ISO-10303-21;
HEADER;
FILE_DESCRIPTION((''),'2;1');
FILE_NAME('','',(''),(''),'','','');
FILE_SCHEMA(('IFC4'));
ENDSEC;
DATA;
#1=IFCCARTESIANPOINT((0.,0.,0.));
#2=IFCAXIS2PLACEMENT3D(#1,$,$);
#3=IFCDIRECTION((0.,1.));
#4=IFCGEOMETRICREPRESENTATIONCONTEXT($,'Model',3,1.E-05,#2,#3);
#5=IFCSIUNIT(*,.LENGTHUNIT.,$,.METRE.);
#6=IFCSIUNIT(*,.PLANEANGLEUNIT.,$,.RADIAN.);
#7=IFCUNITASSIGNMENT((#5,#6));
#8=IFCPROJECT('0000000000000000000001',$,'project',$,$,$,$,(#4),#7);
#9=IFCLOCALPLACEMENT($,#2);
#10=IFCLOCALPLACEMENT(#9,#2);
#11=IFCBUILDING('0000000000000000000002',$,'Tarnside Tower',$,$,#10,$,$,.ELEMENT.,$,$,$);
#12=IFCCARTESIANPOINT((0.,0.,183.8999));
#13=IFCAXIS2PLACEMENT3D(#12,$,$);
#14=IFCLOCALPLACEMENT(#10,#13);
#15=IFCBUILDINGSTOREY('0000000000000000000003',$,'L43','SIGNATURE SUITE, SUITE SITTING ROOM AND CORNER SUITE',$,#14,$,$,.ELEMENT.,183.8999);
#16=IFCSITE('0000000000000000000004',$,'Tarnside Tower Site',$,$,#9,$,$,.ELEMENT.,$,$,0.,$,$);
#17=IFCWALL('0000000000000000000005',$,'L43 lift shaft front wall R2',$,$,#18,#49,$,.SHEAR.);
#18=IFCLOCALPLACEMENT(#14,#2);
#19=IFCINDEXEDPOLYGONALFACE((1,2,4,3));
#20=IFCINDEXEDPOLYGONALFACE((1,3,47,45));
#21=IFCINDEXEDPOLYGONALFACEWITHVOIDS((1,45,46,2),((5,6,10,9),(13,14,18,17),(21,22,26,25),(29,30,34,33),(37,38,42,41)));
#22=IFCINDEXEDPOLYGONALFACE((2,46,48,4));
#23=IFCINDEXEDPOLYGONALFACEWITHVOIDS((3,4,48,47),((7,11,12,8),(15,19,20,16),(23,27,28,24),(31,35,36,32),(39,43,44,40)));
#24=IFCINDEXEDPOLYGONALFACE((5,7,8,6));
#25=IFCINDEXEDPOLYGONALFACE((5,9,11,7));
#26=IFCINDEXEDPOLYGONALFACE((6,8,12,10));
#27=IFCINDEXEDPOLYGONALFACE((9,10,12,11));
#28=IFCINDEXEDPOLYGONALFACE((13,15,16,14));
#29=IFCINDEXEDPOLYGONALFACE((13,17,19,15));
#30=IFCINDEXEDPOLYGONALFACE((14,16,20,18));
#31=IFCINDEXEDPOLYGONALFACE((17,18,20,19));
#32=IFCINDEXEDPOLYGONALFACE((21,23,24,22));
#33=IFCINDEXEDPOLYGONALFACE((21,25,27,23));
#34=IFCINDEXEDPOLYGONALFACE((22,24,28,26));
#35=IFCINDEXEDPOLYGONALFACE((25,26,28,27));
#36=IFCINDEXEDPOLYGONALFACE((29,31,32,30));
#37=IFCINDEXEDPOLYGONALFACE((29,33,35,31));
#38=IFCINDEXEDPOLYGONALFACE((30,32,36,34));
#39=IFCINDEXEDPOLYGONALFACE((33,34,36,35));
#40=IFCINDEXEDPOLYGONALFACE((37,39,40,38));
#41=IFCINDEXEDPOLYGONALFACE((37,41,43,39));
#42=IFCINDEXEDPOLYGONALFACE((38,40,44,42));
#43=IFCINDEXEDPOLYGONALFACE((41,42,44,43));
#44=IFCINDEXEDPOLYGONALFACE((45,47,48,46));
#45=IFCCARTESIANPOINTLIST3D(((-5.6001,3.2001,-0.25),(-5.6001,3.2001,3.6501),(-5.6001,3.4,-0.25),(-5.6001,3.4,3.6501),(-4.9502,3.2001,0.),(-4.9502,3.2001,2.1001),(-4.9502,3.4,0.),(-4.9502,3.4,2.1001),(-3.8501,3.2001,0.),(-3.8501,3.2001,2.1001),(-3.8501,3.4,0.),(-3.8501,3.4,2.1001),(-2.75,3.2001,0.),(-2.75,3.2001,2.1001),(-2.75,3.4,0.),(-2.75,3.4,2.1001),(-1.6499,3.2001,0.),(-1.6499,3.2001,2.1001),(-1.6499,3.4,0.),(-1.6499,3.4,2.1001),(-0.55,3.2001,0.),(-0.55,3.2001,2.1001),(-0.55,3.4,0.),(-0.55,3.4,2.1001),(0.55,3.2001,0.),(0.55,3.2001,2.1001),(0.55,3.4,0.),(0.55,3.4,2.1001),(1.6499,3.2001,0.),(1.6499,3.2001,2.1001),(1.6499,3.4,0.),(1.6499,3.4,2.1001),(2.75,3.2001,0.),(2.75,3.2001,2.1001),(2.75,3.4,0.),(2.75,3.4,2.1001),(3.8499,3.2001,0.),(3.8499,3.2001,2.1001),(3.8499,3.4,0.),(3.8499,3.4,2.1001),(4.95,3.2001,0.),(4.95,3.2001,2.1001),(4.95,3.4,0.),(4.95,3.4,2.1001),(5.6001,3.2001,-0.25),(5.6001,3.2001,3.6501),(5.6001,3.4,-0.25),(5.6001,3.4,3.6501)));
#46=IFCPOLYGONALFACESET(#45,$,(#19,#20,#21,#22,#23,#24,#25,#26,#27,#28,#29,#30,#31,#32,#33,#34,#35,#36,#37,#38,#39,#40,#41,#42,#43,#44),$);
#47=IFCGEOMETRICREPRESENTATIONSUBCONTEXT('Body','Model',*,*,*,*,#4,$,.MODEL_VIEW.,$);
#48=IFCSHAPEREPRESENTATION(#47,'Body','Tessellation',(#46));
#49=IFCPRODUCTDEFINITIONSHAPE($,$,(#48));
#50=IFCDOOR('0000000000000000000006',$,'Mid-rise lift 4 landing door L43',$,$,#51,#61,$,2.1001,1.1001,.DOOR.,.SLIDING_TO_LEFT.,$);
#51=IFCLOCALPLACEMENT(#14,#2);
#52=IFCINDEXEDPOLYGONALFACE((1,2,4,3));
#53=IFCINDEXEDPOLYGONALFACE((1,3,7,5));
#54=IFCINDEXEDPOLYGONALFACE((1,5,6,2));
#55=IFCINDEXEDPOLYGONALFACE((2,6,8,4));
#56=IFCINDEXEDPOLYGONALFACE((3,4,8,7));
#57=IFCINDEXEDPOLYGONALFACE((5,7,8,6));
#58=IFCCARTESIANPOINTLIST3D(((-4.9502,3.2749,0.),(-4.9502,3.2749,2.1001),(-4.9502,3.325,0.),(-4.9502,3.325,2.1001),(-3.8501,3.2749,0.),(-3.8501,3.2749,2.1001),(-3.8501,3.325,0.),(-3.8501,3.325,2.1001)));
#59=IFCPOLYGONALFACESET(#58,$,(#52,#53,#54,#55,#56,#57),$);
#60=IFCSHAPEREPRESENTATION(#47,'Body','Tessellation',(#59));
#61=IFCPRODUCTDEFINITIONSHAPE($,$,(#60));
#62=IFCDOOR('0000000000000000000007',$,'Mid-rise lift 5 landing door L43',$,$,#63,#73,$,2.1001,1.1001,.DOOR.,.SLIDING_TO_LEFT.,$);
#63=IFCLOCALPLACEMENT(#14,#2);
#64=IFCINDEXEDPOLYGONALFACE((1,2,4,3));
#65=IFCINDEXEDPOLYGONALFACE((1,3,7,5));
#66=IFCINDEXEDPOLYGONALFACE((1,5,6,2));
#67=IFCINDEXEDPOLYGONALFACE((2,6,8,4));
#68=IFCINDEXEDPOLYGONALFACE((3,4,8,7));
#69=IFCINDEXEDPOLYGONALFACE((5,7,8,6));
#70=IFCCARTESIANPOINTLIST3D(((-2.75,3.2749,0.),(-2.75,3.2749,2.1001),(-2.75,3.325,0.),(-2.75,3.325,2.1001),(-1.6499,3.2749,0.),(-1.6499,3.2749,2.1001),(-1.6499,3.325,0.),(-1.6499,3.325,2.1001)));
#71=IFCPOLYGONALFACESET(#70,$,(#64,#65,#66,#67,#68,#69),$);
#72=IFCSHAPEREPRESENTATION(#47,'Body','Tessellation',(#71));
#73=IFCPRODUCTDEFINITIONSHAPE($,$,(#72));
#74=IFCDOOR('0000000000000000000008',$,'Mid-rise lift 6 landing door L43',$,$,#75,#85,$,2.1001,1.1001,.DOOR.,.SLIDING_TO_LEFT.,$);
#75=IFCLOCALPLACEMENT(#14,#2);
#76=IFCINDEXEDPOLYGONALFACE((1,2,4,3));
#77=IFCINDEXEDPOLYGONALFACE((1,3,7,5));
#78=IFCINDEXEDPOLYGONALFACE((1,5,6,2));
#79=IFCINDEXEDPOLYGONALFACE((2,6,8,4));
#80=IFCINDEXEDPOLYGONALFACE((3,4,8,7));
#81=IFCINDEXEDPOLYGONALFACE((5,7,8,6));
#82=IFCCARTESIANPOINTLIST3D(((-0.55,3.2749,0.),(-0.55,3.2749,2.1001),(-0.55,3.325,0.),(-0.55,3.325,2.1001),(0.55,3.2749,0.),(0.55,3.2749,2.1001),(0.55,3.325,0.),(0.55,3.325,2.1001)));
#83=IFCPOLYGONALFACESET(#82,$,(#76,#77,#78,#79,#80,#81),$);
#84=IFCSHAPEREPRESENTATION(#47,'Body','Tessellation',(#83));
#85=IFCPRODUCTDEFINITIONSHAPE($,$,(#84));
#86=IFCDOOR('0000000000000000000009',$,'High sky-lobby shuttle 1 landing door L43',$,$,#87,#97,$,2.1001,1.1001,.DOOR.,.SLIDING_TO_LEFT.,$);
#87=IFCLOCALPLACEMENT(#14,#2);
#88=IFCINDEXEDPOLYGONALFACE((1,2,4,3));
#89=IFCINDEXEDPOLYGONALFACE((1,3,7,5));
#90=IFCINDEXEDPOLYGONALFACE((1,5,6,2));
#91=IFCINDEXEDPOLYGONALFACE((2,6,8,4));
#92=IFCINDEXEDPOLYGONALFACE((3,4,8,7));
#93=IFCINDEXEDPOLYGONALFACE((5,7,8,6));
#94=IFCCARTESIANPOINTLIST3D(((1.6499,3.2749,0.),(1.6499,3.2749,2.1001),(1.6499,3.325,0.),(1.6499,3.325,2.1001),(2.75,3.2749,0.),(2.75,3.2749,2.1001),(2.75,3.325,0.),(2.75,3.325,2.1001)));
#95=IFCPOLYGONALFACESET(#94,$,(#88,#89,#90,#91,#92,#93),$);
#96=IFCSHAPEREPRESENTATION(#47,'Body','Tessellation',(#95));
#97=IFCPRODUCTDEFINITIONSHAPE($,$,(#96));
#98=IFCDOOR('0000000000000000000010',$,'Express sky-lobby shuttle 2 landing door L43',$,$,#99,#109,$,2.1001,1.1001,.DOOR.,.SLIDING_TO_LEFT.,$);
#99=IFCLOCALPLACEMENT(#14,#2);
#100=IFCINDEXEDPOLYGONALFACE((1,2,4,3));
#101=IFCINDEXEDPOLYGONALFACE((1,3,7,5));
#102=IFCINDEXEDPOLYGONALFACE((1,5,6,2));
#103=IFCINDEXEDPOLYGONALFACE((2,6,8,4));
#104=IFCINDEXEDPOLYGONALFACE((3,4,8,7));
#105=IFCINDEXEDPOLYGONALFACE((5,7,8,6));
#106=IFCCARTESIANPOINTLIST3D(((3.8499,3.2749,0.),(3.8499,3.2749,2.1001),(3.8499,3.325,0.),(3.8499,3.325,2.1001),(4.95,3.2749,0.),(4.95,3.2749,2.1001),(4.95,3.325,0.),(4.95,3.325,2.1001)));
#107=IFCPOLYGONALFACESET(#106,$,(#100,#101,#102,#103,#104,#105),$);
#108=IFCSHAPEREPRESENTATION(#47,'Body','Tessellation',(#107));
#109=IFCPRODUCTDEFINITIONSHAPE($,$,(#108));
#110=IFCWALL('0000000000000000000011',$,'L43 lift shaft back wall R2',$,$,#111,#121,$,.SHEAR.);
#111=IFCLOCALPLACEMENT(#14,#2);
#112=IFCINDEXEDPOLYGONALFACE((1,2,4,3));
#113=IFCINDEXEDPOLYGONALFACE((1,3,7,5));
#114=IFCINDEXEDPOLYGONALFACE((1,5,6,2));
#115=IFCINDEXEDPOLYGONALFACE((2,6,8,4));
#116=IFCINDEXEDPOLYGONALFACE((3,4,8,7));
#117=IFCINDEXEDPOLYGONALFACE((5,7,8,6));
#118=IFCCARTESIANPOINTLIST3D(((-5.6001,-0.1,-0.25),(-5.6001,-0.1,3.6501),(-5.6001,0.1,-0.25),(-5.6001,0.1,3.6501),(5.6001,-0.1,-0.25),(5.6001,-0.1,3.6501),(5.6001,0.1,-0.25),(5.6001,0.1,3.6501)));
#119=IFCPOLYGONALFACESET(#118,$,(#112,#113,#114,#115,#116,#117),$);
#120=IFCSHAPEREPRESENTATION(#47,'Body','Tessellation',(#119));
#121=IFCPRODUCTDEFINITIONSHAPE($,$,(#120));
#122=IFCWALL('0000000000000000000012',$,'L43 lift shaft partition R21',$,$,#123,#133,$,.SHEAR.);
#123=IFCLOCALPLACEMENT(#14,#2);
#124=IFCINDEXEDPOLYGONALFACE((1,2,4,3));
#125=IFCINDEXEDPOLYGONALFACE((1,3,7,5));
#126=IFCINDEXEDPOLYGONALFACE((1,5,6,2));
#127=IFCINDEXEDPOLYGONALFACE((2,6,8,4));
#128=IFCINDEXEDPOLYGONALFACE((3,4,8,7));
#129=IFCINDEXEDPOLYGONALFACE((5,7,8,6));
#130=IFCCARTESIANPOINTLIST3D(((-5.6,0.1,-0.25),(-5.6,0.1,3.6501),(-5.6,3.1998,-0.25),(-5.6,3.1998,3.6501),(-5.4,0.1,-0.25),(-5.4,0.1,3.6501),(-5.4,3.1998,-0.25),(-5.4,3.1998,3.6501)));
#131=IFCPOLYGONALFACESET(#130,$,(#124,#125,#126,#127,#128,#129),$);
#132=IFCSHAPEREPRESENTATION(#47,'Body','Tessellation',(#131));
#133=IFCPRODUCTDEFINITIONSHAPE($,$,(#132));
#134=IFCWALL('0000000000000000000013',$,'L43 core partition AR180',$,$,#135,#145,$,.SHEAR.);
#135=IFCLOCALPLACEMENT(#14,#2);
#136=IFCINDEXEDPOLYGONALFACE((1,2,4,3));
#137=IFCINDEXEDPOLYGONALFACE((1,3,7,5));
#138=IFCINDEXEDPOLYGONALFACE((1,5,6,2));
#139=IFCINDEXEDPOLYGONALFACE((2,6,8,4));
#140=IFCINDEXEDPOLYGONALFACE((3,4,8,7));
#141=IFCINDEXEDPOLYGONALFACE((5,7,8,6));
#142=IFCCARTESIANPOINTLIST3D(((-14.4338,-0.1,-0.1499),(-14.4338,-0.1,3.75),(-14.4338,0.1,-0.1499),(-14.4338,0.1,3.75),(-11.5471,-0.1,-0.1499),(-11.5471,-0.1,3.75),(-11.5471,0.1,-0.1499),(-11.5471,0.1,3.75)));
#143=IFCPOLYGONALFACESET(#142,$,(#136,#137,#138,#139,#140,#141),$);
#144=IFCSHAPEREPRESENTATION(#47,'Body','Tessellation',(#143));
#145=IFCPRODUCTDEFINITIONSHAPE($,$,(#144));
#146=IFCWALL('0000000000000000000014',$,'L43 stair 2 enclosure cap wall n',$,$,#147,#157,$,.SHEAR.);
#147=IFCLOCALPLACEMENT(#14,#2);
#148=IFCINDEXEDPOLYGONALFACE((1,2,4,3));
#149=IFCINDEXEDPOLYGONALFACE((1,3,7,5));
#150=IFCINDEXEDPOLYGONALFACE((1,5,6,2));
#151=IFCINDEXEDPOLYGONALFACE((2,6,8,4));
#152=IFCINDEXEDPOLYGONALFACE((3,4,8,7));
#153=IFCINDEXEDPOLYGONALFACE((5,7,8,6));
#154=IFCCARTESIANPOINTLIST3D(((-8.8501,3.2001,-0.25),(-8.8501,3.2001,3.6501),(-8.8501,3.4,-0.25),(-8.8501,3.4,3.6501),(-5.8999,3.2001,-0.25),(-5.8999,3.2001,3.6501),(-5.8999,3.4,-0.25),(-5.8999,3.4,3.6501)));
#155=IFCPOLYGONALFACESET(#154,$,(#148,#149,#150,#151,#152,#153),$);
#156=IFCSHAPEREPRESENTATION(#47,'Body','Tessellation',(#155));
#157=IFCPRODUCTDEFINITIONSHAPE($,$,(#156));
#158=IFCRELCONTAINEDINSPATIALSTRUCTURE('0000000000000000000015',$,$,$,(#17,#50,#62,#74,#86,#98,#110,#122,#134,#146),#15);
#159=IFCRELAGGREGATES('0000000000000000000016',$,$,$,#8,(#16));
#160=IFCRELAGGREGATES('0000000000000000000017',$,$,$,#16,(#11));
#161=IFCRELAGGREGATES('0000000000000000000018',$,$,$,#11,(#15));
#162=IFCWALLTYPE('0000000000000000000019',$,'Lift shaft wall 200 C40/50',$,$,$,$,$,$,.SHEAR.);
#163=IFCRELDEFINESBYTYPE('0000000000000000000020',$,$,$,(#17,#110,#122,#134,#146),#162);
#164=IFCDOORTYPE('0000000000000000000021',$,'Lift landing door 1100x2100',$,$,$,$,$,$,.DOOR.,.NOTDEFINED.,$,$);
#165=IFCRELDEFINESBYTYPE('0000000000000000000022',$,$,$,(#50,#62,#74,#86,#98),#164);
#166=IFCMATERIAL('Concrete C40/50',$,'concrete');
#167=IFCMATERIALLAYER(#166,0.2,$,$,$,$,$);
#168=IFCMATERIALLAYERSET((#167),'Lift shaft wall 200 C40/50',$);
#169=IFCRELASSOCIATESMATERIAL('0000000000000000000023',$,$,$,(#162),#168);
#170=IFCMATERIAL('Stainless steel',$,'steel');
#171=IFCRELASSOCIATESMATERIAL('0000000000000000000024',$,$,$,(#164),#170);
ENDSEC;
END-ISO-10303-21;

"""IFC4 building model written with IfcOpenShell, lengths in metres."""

from ifc_helpers import new_model, si_unit, direction, frame, frame_2d, origin, place, context, subcontext, project, spatial, rectangle, extrude, material, layer, layer_set, type_object, element, fill, save


model = new_model("IFC4")

# Units and contexts
model_context = context("Model", 3, precision=1e-05, world=origin(), true_north=direction((0.0, 1.0)))
body_context = subcontext(model_context, "Body", "Model", "MODEL_VIEW")
ifc_project = project(units=[si_unit("LENGTHUNIT", "METRE"), si_unit("PLANEANGLEUNIT", "RADIAN")], contexts=[model_context])

# Site, building, storey
site_placement = place(None, origin())
site = spatial("IfcSite", under=ifc_project, at=site_placement, Name="Tarnside Tower Site", CompositionType="ELEMENT", RefElevation=0.0)
building_placement = place(site_placement, origin())
building = spatial("IfcBuilding", under=site, at=building_placement, Name="Tarnside Tower", CompositionType="ELEMENT")
storey_placement = place(building_placement, frame((0.0, 0.0, 183.8999)))
storey = spatial("IfcBuildingStorey", under=building, at=storey_placement, Name="L43", Description="SIGNATURE SUITE, SUITE SITTING ROOM AND CORNER SUITE", CompositionType="ELEMENT", Elevation=183.8999)

# Shared definitions
ifc_material_1 = material(Name="Concrete C40/50", Category="concrete")
ifc_layer_1 = layer(ifc_material_1, 0.2)
ifc_layer_set_1 = layer_set([ifc_layer_1], Name="Lift shaft wall 200 C40/50")
wall_type_1 = type_object("IfcWallType", Name="Lift shaft wall 200 C40/50", PredefinedType="SHEAR", material=ifc_layer_set_1)
ifc_material_2 = material(Name="Stainless steel", Category="steel")
door_type_1 = type_object("IfcDoorType", Name="Lift landing door 1100x2100", OperationType="NOTDEFINED", PredefinedType="DOOR", material=ifc_material_2)

# Wall, openings, doors
wall_1_placement = place(storey_placement, frame((-5.6001, 3.3, -0.25), z_axis=(0.0, 0.0, 1.0), x_axis=(1.0, 0.0, 0.0)))
wall_1 = element("IfcWall", 1, at=wall_1_placement, inside=storey, type_object=wall_type_1, Name="L43 lift shaft front wall R2", PredefinedType="SHEAR", context=body_context, shape_type="SweptSolid", body=[
    extrude(rectangle(XDim=11.2002, YDim=0.2, at=frame_2d((5.6001, 0.0))), origin(), (0.0, 0.0, 1.0), 3.9001),
])
opening_1_placement = place(wall_1_placement, frame((0.6499, 0.0, 0.25)))
opening_1 = element("IfcOpeningElement", 2, at=opening_1_placement, cuts=wall_1, PredefinedType="OPENING", context=body_context, shape_type="SweptSolid", body=[
    extrude(rectangle(XDim=1.1001, YDim=2.1001, at=frame_2d((0.55, 1.05))), frame((0.0, 0.1099, 0.0), z_axis=(0.0, -1.0, 0.0), x_axis=(1.0, 0.0, 0.0)), (0.0, 0.0, 1.0), 0.22),
])
opening_2_placement = place(wall_1_placement, frame((2.8501, 0.0, 0.25)))
opening_2 = element("IfcOpeningElement", 3, at=opening_2_placement, cuts=wall_1, PredefinedType="OPENING", context=body_context, shape_type="SweptSolid", body=[
    extrude(rectangle(XDim=1.1001, YDim=2.1001, at=frame_2d((0.55, 1.05))), frame((0.0, 0.1099, 0.0), z_axis=(0.0, -1.0, 0.0), x_axis=(1.0, 0.0, 0.0)), (0.0, 0.0, 1.0), 0.22),
])
opening_3_placement = place(wall_1_placement, frame((5.05, 0.0, 0.25)))
opening_3 = element("IfcOpeningElement", 4, at=opening_3_placement, cuts=wall_1, PredefinedType="OPENING", context=body_context, shape_type="SweptSolid", body=[
    extrude(rectangle(XDim=1.1001, YDim=2.1001, at=frame_2d((0.55, 1.05))), frame((0.0, 0.1099, 0.0), z_axis=(0.0, -1.0, 0.0), x_axis=(1.0, 0.0, 0.0)), (0.0, 0.0, 1.0), 0.22),
])
opening_4_placement = place(wall_1_placement, frame((7.25, 0.0, 0.25)))
opening_4 = element("IfcOpeningElement", 5, at=opening_4_placement, cuts=wall_1, PredefinedType="OPENING", context=body_context, shape_type="SweptSolid", body=[
    extrude(rectangle(XDim=1.1001, YDim=2.1001, at=frame_2d((0.55, 1.05))), frame((0.0, 0.1099, 0.0), z_axis=(0.0, -1.0, 0.0), x_axis=(1.0, 0.0, 0.0)), (0.0, 0.0, 1.0), 0.22),
])
opening_5_placement = place(wall_1_placement, frame((9.45, 0.0, 0.25)))
opening_5 = element("IfcOpeningElement", 6, at=opening_5_placement, cuts=wall_1, PredefinedType="OPENING", context=body_context, shape_type="SweptSolid", body=[
    extrude(rectangle(XDim=1.1001, YDim=2.1001, at=frame_2d((0.55, 1.05))), frame((0.0, 0.1099, 0.0), z_axis=(0.0, -1.0, 0.0), x_axis=(1.0, 0.0, 0.0)), (0.0, 0.0, 1.0), 0.22),
])
door_1_placement = place(opening_1_placement, origin())
door_1 = element("IfcDoor", 7, at=door_1_placement, inside=storey, type_object=door_type_1, Name="Mid-rise lift 4 landing door L43", OperationType="SLIDING_TO_LEFT", OverallHeight=2.1001, OverallWidth=1.1001, PredefinedType="DOOR", context=body_context, shape_type="SweptSolid", body=[
    extrude(rectangle(XDim=1.1001, YDim=2.1001, at=frame_2d((0.55, 1.05))), frame((0.0, 0.0249, 0.0), z_axis=(0.0, -1.0, 0.0), x_axis=(1.0, 0.0, 0.0)), (0.0, 0.0, 1.0), 0.05),
])
fill(opening_1, door_1)
door_2_placement = place(opening_2_placement, origin())
door_2 = element("IfcDoor", 8, at=door_2_placement, inside=storey, type_object=door_type_1, Name="Mid-rise lift 5 landing door L43", OperationType="SLIDING_TO_LEFT", OverallHeight=2.1001, OverallWidth=1.1001, PredefinedType="DOOR", context=body_context, shape_type="SweptSolid", body=[
    extrude(rectangle(XDim=1.1001, YDim=2.1001, at=frame_2d((0.55, 1.05))), frame((0.0, 0.0249, 0.0), z_axis=(0.0, -1.0, 0.0), x_axis=(1.0, 0.0, 0.0)), (0.0, 0.0, 1.0), 0.05),
])
fill(opening_2, door_2)
door_3_placement = place(opening_3_placement, origin())
door_3 = element("IfcDoor", 9, at=door_3_placement, inside=storey, type_object=door_type_1, Name="Mid-rise lift 6 landing door L43", OperationType="SLIDING_TO_LEFT", OverallHeight=2.1001, OverallWidth=1.1001, PredefinedType="DOOR", context=body_context, shape_type="SweptSolid", body=[
    extrude(rectangle(XDim=1.1001, YDim=2.1001, at=frame_2d((0.55, 1.05))), frame((0.0, 0.0249, 0.0), z_axis=(0.0, -1.0, 0.0), x_axis=(1.0, 0.0, 0.0)), (0.0, 0.0, 1.0), 0.05),
])
fill(opening_3, door_3)
door_4_placement = place(opening_4_placement, origin())
door_4 = element("IfcDoor", 10, at=door_4_placement, inside=storey, type_object=door_type_1, Name="High sky-lobby shuttle 1 landing door L43", OperationType="SLIDING_TO_LEFT", OverallHeight=2.1001, OverallWidth=1.1001, PredefinedType="DOOR", context=body_context, shape_type="SweptSolid", body=[
    extrude(rectangle(XDim=1.1001, YDim=2.1001, at=frame_2d((0.55, 1.05))), frame((0.0, 0.0249, 0.0), z_axis=(0.0, -1.0, 0.0), x_axis=(1.0, 0.0, 0.0)), (0.0, 0.0, 1.0), 0.05),
])
fill(opening_4, door_4)
door_5_placement = place(opening_5_placement, origin())
door_5 = element("IfcDoor", 11, at=door_5_placement, inside=storey, type_object=door_type_1, Name="Express sky-lobby shuttle 2 landing door L43", OperationType="SLIDING_TO_LEFT", OverallHeight=2.1001, OverallWidth=1.1001, PredefinedType="DOOR", context=body_context, shape_type="SweptSolid", body=[
    extrude(rectangle(XDim=1.1001, YDim=2.1001, at=frame_2d((0.55, 1.05))), frame((0.0, 0.0249, 0.0), z_axis=(0.0, -1.0, 0.0), x_axis=(1.0, 0.0, 0.0)), (0.0, 0.0, 1.0), 0.05),
])
fill(opening_5, door_5)

# Walls
wall_2_placement = place(storey_placement, frame((-5.6001, 0.0, -0.25), z_axis=(0.0, 0.0, 1.0), x_axis=(1.0, 0.0, 0.0)))
element("IfcWall", 12, at=wall_2_placement, inside=storey, type_object=wall_type_1, Name="L43 lift shaft back wall R2", PredefinedType="SHEAR", context=body_context, shape_type="SweptSolid", body=[
    extrude(rectangle(XDim=11.2002, YDim=0.2, at=frame_2d((5.6001, 0.0))), origin(), (0.0, 0.0, 1.0), 3.9001),
])
wall_3_placement = place(storey_placement, frame((-5.5, 0.1001, -0.25), z_axis=(0.0, 0.0, 1.0), x_axis=(0.0, 1.0, 0.0)))
element("IfcWall", 13, at=wall_3_placement, inside=storey, type_object=wall_type_1, Name="L43 lift shaft partition R21", PredefinedType="SHEAR", context=body_context, shape_type="SweptSolid", body=[
    extrude(rectangle(XDim=3.0999, YDim=0.2, at=frame_2d((1.5498, 0.0))), origin(), (0.0, 0.0, 1.0), 3.9001),
])
wall_4_placement = place(storey_placement, frame((-11.5471, 0.0, -0.1499), z_axis=(0.0, 0.0, 1.0), x_axis=(-1.0, 0.0, 0.0)))
element("IfcWall", 14, at=wall_4_placement, inside=storey, type_object=wall_type_1, Name="L43 core partition AR180", PredefinedType="SHEAR", context=body_context, shape_type="SweptSolid", body=[
    extrude(rectangle(XDim=2.8867, YDim=0.2, at=frame_2d((1.4434, 0.0))), origin(), (0.0, 0.0, 1.0), 3.8999),
])
wall_5_placement = place(storey_placement, frame((-8.8501, 3.3, -0.25), z_axis=(0.0, 0.0, 1.0), x_axis=(1.0, 0.0, 0.0)))
element("IfcWall", 15, at=wall_5_placement, inside=storey, type_object=wall_type_1, Name="L43 stair 2 enclosure cap wall n", PredefinedType="SHEAR", context=body_context, shape_type="SweptSolid", body=[
    extrude(rectangle(XDim=2.9502, YDim=0.2, at=frame_2d((1.4751, 0.0))), origin(), (0.0, 0.0, 1.0), 3.9001),
])

save(model, "model.ifc")
